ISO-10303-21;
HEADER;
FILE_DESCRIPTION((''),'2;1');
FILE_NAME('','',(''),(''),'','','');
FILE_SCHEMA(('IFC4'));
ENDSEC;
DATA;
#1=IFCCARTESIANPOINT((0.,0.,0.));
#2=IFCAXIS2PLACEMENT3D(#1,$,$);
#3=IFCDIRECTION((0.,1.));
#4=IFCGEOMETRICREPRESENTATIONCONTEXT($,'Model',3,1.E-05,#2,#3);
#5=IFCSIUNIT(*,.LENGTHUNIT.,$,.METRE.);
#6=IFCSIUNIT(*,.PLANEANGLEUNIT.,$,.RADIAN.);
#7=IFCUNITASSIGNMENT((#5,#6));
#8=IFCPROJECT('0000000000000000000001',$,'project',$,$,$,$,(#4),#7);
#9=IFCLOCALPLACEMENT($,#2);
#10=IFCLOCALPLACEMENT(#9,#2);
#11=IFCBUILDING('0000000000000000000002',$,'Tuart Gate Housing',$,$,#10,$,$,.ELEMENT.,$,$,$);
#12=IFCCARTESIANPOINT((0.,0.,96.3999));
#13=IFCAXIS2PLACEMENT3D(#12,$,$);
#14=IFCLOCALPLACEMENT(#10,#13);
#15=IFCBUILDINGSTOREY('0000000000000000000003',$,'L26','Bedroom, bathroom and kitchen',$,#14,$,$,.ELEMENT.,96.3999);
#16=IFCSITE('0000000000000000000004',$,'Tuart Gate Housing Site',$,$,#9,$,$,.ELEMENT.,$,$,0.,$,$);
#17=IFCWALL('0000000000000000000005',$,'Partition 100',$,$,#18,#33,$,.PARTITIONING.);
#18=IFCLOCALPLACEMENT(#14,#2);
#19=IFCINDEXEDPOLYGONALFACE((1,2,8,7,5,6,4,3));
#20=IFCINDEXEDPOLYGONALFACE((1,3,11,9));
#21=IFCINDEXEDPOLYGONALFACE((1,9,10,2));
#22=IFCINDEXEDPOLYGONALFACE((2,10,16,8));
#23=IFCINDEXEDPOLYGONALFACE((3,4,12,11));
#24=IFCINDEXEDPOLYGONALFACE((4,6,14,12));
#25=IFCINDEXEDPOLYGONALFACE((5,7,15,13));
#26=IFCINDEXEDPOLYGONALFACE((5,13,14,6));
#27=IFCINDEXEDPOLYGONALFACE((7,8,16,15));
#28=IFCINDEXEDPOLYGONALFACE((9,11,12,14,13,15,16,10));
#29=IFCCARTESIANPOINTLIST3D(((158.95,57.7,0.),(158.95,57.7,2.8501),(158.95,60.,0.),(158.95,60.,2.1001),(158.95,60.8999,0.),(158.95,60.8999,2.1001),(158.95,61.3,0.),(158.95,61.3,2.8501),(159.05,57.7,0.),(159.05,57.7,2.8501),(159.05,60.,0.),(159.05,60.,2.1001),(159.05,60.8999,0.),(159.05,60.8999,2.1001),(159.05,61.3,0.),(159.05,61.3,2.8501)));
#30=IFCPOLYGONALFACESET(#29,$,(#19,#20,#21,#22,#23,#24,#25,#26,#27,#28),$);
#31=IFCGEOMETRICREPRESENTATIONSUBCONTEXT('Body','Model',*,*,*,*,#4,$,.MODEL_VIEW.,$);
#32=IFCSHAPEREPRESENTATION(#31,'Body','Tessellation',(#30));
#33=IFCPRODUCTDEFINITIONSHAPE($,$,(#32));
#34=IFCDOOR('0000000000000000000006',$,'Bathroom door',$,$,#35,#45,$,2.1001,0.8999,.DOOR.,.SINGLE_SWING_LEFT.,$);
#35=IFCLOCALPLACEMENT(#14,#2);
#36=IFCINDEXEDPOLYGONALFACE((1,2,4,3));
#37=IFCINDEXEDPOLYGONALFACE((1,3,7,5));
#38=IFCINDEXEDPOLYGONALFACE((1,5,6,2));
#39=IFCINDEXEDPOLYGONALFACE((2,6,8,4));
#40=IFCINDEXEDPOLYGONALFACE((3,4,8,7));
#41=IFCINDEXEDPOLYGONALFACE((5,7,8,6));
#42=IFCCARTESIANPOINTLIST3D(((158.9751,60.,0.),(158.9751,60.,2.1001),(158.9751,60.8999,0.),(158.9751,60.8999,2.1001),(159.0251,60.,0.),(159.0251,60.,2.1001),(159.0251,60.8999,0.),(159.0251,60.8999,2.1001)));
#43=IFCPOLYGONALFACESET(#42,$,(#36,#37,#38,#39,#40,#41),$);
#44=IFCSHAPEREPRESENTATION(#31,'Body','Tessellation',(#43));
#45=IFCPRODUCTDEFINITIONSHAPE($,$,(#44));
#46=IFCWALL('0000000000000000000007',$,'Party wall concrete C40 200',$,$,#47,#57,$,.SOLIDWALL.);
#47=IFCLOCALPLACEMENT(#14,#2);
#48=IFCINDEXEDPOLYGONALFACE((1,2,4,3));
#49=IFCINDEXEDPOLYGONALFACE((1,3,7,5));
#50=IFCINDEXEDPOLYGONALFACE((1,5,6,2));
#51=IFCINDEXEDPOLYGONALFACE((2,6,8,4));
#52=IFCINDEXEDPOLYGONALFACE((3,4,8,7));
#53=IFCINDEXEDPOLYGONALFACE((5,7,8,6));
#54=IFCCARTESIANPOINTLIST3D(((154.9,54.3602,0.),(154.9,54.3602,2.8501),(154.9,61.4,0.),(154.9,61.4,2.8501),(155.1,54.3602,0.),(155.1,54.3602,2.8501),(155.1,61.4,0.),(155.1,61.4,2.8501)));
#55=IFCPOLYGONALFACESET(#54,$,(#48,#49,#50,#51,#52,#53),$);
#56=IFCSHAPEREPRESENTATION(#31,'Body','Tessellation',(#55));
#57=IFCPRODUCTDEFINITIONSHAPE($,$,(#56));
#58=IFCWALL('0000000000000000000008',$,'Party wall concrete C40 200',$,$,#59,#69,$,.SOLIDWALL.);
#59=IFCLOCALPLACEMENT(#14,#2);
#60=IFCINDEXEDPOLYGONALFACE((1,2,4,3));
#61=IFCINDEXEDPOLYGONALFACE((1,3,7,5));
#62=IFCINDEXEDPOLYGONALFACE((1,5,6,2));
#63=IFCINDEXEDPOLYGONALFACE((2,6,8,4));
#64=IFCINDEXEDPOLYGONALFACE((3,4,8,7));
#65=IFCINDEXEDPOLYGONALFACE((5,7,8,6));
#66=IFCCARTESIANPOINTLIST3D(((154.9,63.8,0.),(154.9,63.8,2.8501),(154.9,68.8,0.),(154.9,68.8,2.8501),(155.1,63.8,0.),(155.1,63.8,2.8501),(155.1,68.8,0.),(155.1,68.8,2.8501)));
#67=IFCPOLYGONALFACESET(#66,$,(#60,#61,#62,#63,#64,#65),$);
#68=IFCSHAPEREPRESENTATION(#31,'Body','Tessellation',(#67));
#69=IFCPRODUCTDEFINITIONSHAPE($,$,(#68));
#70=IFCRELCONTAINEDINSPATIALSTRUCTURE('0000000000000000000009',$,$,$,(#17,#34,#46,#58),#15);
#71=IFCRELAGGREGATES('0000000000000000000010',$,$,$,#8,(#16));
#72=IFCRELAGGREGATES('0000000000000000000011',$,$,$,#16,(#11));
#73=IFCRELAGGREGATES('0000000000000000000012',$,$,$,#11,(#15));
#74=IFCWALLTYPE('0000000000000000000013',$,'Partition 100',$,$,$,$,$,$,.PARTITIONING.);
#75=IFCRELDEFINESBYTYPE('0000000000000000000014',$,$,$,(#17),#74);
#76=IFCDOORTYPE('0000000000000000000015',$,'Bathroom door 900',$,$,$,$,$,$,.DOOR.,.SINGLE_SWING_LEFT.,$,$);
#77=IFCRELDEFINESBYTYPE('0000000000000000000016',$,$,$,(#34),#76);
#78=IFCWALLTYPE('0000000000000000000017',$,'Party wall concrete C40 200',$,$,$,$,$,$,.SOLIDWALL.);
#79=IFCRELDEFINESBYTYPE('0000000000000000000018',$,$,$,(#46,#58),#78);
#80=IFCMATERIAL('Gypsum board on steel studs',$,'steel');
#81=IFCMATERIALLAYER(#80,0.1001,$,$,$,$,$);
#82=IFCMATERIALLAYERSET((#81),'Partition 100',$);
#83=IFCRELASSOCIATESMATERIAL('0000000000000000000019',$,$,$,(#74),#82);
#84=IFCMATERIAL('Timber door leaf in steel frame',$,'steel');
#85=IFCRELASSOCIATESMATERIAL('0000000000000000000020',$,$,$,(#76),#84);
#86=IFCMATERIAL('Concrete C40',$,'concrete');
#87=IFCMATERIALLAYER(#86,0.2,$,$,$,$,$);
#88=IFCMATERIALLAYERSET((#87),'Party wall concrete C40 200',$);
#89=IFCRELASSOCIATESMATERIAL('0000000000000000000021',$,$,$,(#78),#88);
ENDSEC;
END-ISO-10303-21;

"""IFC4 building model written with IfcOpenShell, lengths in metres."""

from ifc_helpers import new_model, si_unit, direction, frame, frame_2d, origin, place, context, subcontext, project, spatial, rectangle, extrude, material, layer, layer_set, type_object, element, fill, save


model = new_model("IFC4")

# Units and contexts
model_context = context("Model", 3, precision=1e-05, world=origin(), true_north=direction((0.0, 1.0)))
body_context = subcontext(model_context, "Body", "Model", "MODEL_VIEW")
ifc_project = project(units=[si_unit("LENGTHUNIT", "METRE"), si_unit("PLANEANGLEUNIT", "RADIAN")], contexts=[model_context])

# Site, building, storey
site_placement = place(None, origin())
site = spatial("IfcSite", under=ifc_project, at=site_placement, Name="Tuart Gate Housing Site", CompositionType="ELEMENT", RefElevation=0.0)
building_placement = place(site_placement, origin())
building = spatial("IfcBuilding", under=site, at=building_placement, Name="Tuart Gate Housing", CompositionType="ELEMENT")
storey_placement = place(building_placement, frame((0.0, 0.0, 96.3999)))
storey = spatial("IfcBuildingStorey", under=building, at=storey_placement, Name="L26", Description="Bedroom, bathroom and kitchen", CompositionType="ELEMENT", Elevation=96.3999)

# Shared definitions
ifc_material_1 = material(Name="Gypsum board on steel studs", Category="steel")
ifc_layer_1 = layer(ifc_material_1, 0.1001)
ifc_layer_set_1 = layer_set([ifc_layer_1], Name="Partition 100")
wall_type_1 = type_object("IfcWallType", Name="Partition 100", PredefinedType="PARTITIONING", material=ifc_layer_set_1)

# Shared definitions
ifc_material_2 = material(Name="Timber door leaf in steel frame", Category="steel")
door_type_1 = type_object("IfcDoorType", Name="Bathroom door 900", OperationType="SINGLE_SWING_LEFT", PredefinedType="DOOR", material=ifc_material_2)

# Wall, opening, door
wall_1_placement = place(storey_placement, frame((159.0, 57.7, 0.0), z_axis=(0.0, 0.0, 1.0), x_axis=(0.0, 1.0, 0.0)))
wall_1 = element("IfcWall", 1, at=wall_1_placement, inside=storey, type_object=wall_type_1, Name="Partition 100", PredefinedType="PARTITIONING", context=body_context, shape_type="SweptSolid", body=[
    extrude(rectangle(XDim=3.6001, YDim=0.1001, at=frame_2d((1.8, 0.0))), origin(), (0.0, 0.0, 1.0), 2.8501),
])
opening_1_placement = place(wall_1_placement, frame((2.3, 0.0, 0.0)))
opening_1 = element("IfcOpeningElement", 2, at=opening_1_placement, cuts=wall_1, PredefinedType="OPENING", context=body_context, shape_type="SweptSolid", body=[
    extrude(rectangle(XDim=0.8999, YDim=2.1001, at=frame_2d((0.45, 1.05))), frame((0.0, 0.0601, 0.0), z_axis=(0.0, -1.0, 0.0), x_axis=(1.0, 0.0, 0.0)), (0.0, 0.0, 1.0), 0.1201),
])
door_1_placement = place(opening_1_placement, frame((0.8999, 0.0, 0.0), z_axis=(0.0, 0.0, 1.0), x_axis=(-1.0, 0.0, 0.0)))
door_1 = element("IfcDoor", 3, at=door_1_placement, inside=storey, type_object=door_type_1, Name="Bathroom door", OperationType="SINGLE_SWING_LEFT", OverallHeight=2.1001, OverallWidth=0.8999, PredefinedType="DOOR", context=body_context, shape_type="SweptSolid", body=[
    extrude(rectangle(XDim=0.8999, YDim=2.1001, at=frame_2d((0.45, 1.05))), frame((0.0, 0.0251, 0.0), z_axis=(0.0, -1.0, 0.0), x_axis=(1.0, 0.0, 0.0)), (0.0, 0.0, 1.0), 0.05),
])
fill(opening_1, door_1)

# Walls
ifc_material_3 = material(Name="Concrete C40", Category="concrete")
ifc_layer_2 = layer(ifc_material_3, 0.2)
ifc_layer_set_2 = layer_set([ifc_layer_2], Name="Party wall concrete C40 200")
wall_type_2 = type_object("IfcWallType", Name="Party wall concrete C40 200", PredefinedType="SOLIDWALL", material=ifc_layer_set_2)
wall_2_placement = place(storey_placement, frame((155.0, 54.3601, 0.0), z_axis=(0.0, 0.0, 1.0), x_axis=(0.0, 1.0, 0.0)))
element("IfcWall", 4, at=wall_2_placement, inside=storey, type_object=wall_type_2, Name="Party wall concrete C40 200", PredefinedType="SOLIDWALL", context=body_context, shape_type="SweptSolid", body=[
    extrude(rectangle(XDim=7.0398, YDim=0.2, at=frame_2d((3.52, 0.0))), origin(), (0.0, 0.0, 1.0), 2.8501),
])
wall_3_placement = place(storey_placement, frame((155.0, 63.8, 0.0), z_axis=(0.0, 0.0, 1.0), x_axis=(0.0, 1.0, 0.0)))
element("IfcWall", 5, at=wall_3_placement, inside=storey, type_object=wall_type_2, Name="Party wall concrete C40 200", PredefinedType="SOLIDWALL", context=body_context, shape_type="SweptSolid", body=[
    extrude(rectangle(XDim=5.0, YDim=0.2, at=frame_2d((2.5, 0.0))), origin(), (0.0, 0.0, 1.0), 2.8501),
])

save(model, "model.ifc")
